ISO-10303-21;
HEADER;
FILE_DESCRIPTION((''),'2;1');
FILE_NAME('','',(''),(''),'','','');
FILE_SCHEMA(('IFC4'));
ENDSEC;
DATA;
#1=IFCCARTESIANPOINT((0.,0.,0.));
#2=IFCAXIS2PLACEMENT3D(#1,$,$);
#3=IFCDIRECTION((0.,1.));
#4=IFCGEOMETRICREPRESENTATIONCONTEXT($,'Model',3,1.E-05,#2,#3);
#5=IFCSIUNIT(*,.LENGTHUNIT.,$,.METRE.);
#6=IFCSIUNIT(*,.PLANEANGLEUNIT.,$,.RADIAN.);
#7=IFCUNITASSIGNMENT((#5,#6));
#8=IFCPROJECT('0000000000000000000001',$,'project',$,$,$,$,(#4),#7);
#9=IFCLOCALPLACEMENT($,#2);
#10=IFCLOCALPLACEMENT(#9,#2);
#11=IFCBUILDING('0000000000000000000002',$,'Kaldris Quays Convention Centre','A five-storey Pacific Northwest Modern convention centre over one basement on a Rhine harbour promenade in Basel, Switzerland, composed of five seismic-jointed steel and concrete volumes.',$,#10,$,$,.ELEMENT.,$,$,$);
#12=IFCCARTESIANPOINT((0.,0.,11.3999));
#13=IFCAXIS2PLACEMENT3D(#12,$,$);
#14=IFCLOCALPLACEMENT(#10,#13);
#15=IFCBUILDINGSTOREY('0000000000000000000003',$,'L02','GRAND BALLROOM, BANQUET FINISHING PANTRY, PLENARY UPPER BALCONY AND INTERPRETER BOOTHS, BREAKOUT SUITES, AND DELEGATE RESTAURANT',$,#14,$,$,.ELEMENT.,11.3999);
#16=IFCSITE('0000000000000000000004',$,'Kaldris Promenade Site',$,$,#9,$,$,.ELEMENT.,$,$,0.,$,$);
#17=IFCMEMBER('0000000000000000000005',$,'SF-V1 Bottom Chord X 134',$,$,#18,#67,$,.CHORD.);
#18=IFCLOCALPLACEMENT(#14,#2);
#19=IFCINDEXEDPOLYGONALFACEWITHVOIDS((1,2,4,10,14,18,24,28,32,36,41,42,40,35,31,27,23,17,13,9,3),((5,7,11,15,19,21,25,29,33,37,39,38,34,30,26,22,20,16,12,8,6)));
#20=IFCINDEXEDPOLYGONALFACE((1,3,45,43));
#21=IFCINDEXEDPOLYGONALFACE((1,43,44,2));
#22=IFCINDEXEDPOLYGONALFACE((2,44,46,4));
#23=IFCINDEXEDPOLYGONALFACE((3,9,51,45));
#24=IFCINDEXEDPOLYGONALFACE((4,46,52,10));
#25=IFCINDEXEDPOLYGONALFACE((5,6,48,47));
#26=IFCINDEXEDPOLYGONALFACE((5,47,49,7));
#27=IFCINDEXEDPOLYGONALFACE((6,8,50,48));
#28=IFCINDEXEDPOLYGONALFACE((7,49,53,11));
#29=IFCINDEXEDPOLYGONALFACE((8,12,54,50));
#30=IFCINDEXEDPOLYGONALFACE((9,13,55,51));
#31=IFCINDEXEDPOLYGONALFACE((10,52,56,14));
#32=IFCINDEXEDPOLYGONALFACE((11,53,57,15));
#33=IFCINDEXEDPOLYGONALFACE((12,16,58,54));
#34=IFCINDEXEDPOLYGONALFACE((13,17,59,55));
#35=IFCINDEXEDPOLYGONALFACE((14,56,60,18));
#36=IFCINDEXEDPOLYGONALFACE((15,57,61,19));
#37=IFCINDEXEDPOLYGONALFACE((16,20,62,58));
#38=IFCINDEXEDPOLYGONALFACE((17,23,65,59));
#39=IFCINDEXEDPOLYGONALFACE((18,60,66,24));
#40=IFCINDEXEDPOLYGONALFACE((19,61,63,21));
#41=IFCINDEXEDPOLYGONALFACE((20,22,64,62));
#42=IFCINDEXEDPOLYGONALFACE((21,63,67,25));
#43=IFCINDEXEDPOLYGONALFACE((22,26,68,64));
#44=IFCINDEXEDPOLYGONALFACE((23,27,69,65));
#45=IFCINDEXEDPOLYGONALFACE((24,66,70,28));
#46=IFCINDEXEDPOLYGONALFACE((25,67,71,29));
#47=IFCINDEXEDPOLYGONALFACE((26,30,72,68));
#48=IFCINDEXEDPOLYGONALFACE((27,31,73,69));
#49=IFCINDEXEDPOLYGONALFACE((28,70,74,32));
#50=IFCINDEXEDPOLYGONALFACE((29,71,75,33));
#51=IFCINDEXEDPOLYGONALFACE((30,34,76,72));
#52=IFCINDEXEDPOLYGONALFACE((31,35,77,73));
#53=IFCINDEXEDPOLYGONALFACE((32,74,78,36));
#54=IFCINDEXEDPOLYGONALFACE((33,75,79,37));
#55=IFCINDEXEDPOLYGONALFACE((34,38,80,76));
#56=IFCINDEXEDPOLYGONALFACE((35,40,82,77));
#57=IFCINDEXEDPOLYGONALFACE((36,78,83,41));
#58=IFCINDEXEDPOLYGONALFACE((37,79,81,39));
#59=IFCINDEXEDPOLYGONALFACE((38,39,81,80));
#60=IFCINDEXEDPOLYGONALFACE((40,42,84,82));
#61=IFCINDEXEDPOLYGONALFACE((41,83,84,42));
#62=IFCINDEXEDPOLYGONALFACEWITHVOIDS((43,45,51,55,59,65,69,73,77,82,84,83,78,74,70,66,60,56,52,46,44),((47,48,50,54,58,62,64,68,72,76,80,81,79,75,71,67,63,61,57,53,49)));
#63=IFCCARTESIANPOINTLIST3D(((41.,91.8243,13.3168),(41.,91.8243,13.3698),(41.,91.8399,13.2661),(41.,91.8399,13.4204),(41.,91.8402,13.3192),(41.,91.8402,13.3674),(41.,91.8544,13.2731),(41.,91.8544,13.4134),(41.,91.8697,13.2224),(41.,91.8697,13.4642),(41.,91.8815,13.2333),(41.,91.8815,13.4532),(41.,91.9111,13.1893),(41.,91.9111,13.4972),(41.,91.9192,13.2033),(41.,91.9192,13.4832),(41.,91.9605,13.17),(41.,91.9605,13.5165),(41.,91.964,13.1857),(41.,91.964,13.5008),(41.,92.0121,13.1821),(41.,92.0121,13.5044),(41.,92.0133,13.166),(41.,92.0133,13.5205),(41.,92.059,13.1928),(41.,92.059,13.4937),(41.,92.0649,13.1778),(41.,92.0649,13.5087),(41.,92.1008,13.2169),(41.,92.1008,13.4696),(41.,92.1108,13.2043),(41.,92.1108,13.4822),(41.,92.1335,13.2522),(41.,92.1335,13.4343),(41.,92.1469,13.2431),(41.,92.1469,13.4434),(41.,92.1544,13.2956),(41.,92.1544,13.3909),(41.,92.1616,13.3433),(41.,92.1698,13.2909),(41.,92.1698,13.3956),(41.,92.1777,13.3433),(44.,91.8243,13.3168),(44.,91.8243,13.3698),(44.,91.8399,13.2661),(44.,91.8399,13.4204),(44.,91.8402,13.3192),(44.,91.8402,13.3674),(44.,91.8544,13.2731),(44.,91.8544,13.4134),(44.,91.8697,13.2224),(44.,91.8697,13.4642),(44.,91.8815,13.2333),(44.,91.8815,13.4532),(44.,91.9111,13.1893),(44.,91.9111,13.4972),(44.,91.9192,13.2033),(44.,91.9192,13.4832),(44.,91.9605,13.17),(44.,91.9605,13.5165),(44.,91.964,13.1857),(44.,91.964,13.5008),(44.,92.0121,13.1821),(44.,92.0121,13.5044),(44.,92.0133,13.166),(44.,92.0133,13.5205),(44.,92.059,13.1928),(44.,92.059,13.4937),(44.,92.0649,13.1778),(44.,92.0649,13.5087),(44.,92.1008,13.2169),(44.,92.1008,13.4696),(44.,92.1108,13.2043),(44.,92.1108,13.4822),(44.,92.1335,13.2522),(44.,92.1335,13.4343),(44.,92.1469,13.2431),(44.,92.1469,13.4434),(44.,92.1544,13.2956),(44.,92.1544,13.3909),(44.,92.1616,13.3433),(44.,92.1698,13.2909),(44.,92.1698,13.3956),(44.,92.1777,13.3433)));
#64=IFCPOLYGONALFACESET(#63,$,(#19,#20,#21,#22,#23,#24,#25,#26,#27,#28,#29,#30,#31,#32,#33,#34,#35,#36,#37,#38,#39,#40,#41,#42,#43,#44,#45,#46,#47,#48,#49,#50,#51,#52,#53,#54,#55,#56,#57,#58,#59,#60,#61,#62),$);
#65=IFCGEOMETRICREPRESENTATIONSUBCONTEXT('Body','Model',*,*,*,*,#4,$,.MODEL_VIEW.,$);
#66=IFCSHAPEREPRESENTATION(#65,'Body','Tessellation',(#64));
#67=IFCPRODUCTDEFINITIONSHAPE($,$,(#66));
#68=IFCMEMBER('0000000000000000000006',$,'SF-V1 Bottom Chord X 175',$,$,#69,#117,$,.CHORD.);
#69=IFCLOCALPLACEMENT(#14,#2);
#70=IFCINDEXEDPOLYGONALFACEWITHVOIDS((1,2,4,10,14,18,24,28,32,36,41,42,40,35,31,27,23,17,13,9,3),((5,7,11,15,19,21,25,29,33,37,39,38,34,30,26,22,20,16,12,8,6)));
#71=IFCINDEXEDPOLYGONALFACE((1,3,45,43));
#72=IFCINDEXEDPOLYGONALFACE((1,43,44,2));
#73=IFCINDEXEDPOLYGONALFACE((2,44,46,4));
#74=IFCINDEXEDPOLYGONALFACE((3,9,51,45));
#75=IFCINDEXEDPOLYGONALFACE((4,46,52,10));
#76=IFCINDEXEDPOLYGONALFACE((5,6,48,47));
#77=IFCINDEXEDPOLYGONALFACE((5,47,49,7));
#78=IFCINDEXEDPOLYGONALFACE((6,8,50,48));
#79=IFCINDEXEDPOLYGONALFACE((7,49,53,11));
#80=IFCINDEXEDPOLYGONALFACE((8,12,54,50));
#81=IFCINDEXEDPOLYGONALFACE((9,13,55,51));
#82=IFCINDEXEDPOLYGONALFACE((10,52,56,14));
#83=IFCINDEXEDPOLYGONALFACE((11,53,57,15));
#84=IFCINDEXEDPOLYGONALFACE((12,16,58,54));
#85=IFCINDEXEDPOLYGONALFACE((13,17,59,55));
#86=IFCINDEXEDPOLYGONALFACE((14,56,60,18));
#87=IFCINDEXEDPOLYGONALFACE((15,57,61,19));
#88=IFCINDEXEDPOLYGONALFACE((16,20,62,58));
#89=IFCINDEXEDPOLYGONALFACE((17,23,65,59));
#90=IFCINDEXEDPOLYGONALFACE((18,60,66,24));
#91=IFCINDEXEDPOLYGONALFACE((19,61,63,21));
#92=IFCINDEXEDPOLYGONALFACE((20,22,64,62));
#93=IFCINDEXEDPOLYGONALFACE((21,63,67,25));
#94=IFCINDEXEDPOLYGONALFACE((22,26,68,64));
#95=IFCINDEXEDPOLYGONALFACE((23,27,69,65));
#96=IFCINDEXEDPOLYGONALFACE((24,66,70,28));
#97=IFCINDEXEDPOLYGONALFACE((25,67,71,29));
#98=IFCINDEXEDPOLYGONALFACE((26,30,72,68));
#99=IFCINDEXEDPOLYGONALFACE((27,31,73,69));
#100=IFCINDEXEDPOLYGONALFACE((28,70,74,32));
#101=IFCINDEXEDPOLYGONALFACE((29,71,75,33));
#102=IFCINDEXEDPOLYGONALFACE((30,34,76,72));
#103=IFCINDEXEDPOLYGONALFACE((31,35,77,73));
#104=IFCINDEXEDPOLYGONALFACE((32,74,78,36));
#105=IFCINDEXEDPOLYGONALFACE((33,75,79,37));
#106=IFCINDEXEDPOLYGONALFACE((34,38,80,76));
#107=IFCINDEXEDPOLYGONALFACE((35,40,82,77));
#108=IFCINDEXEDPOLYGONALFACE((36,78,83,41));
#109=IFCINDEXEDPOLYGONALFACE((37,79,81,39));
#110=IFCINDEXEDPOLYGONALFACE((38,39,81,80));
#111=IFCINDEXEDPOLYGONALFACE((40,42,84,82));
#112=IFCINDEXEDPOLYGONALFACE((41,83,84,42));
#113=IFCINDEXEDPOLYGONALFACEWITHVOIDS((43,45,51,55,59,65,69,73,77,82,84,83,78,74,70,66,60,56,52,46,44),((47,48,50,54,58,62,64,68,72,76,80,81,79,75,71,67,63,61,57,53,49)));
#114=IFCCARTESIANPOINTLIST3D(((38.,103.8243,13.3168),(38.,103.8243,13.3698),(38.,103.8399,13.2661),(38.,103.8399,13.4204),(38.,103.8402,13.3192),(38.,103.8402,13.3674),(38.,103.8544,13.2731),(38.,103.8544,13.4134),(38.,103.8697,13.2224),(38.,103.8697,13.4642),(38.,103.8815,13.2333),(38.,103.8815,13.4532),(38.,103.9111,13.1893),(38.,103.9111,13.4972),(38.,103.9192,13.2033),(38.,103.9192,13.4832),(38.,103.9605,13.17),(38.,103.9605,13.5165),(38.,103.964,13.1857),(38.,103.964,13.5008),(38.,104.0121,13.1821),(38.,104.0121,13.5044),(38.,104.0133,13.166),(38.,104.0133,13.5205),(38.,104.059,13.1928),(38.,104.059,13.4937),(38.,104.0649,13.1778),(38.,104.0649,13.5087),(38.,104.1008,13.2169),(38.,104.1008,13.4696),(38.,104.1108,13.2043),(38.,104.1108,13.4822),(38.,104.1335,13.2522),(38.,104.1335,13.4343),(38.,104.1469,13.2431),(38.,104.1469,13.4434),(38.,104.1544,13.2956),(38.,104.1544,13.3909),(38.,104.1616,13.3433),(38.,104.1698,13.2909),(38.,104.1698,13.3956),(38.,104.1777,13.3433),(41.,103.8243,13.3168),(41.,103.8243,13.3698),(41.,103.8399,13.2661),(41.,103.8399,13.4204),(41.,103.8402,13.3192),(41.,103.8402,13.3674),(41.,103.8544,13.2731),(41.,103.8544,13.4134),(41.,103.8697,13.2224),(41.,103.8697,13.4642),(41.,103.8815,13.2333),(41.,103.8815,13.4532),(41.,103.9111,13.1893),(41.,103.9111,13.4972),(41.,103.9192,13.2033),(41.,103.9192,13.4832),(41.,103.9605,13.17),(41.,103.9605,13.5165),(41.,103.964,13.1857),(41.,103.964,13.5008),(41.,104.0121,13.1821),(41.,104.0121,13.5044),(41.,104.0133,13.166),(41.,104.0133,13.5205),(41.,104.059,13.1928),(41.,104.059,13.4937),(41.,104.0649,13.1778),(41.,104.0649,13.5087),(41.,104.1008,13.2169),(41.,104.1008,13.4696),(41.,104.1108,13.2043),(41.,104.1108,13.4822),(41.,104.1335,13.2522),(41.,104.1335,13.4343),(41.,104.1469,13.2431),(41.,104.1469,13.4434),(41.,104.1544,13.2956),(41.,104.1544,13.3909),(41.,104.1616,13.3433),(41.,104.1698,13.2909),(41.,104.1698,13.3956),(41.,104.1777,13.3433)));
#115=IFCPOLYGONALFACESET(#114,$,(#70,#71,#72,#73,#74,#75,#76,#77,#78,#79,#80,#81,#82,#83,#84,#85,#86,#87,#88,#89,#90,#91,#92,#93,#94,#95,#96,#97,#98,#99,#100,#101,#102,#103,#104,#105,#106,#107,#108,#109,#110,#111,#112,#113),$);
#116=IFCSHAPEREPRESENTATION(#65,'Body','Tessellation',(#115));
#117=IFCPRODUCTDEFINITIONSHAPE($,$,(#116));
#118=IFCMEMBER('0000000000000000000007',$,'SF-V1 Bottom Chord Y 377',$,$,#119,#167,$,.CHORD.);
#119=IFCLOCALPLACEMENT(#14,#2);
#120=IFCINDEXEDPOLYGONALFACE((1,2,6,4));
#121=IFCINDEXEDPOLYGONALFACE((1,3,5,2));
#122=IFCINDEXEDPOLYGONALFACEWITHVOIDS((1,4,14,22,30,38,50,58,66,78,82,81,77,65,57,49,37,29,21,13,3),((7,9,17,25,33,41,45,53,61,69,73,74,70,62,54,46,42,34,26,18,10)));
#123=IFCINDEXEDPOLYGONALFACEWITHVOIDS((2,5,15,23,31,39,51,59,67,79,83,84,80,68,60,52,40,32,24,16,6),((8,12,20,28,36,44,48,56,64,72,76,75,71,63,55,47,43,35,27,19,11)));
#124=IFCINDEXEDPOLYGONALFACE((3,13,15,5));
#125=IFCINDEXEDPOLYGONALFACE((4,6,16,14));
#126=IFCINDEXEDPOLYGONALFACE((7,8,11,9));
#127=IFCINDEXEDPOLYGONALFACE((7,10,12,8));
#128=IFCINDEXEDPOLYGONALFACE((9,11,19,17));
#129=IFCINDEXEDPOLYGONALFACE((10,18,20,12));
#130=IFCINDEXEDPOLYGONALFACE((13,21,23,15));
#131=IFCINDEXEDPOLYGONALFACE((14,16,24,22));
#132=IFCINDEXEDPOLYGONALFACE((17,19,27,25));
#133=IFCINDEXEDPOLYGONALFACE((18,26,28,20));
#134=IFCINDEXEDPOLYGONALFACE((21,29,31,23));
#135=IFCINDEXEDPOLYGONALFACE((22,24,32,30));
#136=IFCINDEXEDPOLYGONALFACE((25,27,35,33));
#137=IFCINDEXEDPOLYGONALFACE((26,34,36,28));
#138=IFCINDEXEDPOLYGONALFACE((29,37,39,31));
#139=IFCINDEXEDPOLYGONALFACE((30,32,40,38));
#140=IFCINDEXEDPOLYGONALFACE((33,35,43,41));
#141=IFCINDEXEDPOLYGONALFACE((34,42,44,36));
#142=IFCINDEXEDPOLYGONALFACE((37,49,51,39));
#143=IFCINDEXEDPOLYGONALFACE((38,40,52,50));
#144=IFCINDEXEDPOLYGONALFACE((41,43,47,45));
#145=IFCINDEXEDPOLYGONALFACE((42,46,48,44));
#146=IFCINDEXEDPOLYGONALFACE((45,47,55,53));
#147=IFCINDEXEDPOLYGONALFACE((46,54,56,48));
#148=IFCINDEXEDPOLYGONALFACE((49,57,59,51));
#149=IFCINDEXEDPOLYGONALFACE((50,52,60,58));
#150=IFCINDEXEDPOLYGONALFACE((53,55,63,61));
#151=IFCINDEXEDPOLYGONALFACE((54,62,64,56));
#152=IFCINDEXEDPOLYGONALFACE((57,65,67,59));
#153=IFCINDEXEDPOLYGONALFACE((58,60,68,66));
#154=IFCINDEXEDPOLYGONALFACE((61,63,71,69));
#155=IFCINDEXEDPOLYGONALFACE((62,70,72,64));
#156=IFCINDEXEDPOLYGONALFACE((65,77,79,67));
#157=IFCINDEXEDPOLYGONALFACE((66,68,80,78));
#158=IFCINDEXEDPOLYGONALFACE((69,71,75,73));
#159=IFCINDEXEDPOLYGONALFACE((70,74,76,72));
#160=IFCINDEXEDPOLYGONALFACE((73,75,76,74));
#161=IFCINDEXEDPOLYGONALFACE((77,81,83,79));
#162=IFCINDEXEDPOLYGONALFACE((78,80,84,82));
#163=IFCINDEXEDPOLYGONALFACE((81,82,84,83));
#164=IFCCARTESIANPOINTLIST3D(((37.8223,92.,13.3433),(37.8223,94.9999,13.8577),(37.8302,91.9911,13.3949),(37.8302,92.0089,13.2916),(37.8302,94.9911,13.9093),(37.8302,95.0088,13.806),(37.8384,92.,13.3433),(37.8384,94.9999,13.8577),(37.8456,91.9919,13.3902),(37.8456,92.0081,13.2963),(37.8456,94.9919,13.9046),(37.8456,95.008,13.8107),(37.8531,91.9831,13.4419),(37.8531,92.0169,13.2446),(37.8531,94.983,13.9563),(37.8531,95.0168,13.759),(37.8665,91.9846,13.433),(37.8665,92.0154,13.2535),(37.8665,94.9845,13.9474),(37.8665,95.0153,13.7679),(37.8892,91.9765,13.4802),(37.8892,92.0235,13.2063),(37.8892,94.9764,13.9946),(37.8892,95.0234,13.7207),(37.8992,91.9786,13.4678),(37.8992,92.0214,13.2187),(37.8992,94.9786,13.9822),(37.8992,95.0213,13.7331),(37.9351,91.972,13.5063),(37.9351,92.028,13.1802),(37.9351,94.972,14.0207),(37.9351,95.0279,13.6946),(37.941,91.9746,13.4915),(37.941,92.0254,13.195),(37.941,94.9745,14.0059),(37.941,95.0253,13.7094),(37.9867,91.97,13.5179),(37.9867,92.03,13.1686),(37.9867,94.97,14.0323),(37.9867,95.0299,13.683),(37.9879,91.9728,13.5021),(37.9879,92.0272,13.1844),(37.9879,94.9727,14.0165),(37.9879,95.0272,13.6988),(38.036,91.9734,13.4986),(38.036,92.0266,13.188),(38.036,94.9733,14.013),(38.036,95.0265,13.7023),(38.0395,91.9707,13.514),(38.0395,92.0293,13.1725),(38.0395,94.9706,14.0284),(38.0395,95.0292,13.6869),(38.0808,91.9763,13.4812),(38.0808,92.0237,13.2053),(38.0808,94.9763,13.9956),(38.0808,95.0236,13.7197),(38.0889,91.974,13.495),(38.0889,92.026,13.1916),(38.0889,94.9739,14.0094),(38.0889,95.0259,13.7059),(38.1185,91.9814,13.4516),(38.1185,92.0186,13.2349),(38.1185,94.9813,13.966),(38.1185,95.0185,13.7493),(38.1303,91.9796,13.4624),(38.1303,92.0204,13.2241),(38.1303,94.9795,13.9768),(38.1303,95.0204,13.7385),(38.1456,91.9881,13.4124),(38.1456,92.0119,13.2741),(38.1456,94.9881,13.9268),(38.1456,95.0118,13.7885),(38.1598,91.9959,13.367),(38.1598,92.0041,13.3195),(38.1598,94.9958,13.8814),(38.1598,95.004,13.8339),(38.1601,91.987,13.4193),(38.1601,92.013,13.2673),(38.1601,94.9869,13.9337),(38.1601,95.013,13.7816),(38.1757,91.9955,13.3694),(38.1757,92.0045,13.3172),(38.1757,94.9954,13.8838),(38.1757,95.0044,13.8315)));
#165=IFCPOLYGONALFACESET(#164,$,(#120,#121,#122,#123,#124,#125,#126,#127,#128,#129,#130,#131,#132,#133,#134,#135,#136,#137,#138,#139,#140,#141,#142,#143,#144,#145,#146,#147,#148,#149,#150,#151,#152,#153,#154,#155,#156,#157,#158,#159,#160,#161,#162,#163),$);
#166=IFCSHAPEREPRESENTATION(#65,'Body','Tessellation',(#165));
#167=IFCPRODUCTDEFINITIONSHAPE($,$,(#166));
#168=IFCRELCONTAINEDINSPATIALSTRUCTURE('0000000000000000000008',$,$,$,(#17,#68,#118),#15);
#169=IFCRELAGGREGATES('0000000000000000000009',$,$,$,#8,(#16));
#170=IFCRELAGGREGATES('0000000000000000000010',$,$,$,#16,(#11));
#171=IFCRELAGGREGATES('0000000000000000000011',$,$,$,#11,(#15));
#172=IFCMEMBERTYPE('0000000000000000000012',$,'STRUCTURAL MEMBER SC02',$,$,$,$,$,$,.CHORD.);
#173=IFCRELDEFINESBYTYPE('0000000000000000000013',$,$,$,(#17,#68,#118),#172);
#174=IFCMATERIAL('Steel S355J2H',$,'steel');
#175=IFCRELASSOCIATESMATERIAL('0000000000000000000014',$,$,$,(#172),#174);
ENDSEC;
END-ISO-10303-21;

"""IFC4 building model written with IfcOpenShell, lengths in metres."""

from ifc_helpers import new_model, si_unit, direction, frame, origin, origin_2d, place, context, subcontext, project, spatial, hollow_circle, extrude, material, material_profile, profile_set, type_object, element, save


model = new_model("IFC4")

# Units and contexts
model_context = context("Model", 3, precision=1e-05, world=origin(), true_north=direction((0.0, 1.0)))
body_context = subcontext(model_context, "Body", "Model", "MODEL_VIEW")
ifc_project = project(units=[si_unit("LENGTHUNIT", "METRE"), si_unit("PLANEANGLEUNIT", "RADIAN")], contexts=[model_context])

# Site, building, storey
site_placement = place(None, origin())
site = spatial("IfcSite", under=ifc_project, at=site_placement, Name="Kaldris Promenade Site", CompositionType="ELEMENT", RefElevation=0.0)
building_placement = place(site_placement, origin())
building = spatial("IfcBuilding", under=site, at=building_placement, Name="Kaldris Quays Convention Centre", Description="A five-storey Pacific Northwest Modern convention centre over one basement on a Rhine harbour promenade in Basel, Switzerland, composed of five seismic-jointed steel and concrete volumes.", CompositionType="ELEMENT")
storey_placement = place(building_placement, frame((0.0, 0.0, 11.3999)))
storey = spatial("IfcBuildingStorey", under=building, at=storey_placement, Name="L02", Description="GRAND BALLROOM, BANQUET FINISHING PANTRY, PLENARY UPPER BALCONY AND INTERPRETER BOOTHS, BREAKOUT SUITES, AND DELEGATE RESTAURANT", CompositionType="ELEMENT", Elevation=11.3999)

# Members
ifc_material_1 = material(Name="Steel S355J2H", Category="steel")
ifc_material_profile_1 = material_profile(ifc_material_1, hollow_circle(Radius=0.1777, WallThickness=0.0161, at=origin_2d()), Name="CHS 355.6x16")
ifc_profile_set_1 = profile_set([ifc_material_profile_1], Name="Steel S355J2H")
member_type_1 = type_object("IfcMemberType", Name="STRUCTURAL MEMBER SC02", PredefinedType="CHORD", material=ifc_profile_set_1)
for number, where, z_axis, x_axis, name in (
    (1, (41.0, 92.0, 13.3433), (1.0, 0.0, 0.0), (0.0, 1.0, 0.0), "SF-V1 Bottom Chord X 134"),
    (2, (38.0, 104.0, 13.3433), (1.0, 0.0, 0.0), (0.0, 1.0, 0.0), "SF-V1 Bottom Chord X 175"),
):
    element("IfcMember", number, at=place(storey_placement, frame(where, z_axis=z_axis, x_axis=x_axis)), inside=storey, type_object=member_type_1, Name=name, PredefinedType="CHORD", context=body_context, shape_type="SweptSolid", body=[
        extrude(hollow_circle(Radius=0.1777, WallThickness=0.0161, at=origin_2d()), origin(), (0.0, 0.0, 1.0), 3.0),
    ])
for number, where, z_axis, x_axis, name in (
    (3, (38.0, 92.0, 13.3433), (0.0, 0.985616, 0.169002), (-1.0, 0.0, 0.0), "SF-V1 Bottom Chord Y 377"),
):
    element("IfcMember", number, at=place(storey_placement, frame(where, z_axis=z_axis, x_axis=x_axis)), inside=storey, type_object=member_type_1, Name=name, PredefinedType="CHORD", context=body_context, shape_type="SweptSolid", body=[
        extrude(hollow_circle(Radius=0.1777, WallThickness=0.0161, at=origin_2d()), origin(), (0.0, 0.0, 1.0), 3.0437),
    ])

save(model, "model.ifc")
